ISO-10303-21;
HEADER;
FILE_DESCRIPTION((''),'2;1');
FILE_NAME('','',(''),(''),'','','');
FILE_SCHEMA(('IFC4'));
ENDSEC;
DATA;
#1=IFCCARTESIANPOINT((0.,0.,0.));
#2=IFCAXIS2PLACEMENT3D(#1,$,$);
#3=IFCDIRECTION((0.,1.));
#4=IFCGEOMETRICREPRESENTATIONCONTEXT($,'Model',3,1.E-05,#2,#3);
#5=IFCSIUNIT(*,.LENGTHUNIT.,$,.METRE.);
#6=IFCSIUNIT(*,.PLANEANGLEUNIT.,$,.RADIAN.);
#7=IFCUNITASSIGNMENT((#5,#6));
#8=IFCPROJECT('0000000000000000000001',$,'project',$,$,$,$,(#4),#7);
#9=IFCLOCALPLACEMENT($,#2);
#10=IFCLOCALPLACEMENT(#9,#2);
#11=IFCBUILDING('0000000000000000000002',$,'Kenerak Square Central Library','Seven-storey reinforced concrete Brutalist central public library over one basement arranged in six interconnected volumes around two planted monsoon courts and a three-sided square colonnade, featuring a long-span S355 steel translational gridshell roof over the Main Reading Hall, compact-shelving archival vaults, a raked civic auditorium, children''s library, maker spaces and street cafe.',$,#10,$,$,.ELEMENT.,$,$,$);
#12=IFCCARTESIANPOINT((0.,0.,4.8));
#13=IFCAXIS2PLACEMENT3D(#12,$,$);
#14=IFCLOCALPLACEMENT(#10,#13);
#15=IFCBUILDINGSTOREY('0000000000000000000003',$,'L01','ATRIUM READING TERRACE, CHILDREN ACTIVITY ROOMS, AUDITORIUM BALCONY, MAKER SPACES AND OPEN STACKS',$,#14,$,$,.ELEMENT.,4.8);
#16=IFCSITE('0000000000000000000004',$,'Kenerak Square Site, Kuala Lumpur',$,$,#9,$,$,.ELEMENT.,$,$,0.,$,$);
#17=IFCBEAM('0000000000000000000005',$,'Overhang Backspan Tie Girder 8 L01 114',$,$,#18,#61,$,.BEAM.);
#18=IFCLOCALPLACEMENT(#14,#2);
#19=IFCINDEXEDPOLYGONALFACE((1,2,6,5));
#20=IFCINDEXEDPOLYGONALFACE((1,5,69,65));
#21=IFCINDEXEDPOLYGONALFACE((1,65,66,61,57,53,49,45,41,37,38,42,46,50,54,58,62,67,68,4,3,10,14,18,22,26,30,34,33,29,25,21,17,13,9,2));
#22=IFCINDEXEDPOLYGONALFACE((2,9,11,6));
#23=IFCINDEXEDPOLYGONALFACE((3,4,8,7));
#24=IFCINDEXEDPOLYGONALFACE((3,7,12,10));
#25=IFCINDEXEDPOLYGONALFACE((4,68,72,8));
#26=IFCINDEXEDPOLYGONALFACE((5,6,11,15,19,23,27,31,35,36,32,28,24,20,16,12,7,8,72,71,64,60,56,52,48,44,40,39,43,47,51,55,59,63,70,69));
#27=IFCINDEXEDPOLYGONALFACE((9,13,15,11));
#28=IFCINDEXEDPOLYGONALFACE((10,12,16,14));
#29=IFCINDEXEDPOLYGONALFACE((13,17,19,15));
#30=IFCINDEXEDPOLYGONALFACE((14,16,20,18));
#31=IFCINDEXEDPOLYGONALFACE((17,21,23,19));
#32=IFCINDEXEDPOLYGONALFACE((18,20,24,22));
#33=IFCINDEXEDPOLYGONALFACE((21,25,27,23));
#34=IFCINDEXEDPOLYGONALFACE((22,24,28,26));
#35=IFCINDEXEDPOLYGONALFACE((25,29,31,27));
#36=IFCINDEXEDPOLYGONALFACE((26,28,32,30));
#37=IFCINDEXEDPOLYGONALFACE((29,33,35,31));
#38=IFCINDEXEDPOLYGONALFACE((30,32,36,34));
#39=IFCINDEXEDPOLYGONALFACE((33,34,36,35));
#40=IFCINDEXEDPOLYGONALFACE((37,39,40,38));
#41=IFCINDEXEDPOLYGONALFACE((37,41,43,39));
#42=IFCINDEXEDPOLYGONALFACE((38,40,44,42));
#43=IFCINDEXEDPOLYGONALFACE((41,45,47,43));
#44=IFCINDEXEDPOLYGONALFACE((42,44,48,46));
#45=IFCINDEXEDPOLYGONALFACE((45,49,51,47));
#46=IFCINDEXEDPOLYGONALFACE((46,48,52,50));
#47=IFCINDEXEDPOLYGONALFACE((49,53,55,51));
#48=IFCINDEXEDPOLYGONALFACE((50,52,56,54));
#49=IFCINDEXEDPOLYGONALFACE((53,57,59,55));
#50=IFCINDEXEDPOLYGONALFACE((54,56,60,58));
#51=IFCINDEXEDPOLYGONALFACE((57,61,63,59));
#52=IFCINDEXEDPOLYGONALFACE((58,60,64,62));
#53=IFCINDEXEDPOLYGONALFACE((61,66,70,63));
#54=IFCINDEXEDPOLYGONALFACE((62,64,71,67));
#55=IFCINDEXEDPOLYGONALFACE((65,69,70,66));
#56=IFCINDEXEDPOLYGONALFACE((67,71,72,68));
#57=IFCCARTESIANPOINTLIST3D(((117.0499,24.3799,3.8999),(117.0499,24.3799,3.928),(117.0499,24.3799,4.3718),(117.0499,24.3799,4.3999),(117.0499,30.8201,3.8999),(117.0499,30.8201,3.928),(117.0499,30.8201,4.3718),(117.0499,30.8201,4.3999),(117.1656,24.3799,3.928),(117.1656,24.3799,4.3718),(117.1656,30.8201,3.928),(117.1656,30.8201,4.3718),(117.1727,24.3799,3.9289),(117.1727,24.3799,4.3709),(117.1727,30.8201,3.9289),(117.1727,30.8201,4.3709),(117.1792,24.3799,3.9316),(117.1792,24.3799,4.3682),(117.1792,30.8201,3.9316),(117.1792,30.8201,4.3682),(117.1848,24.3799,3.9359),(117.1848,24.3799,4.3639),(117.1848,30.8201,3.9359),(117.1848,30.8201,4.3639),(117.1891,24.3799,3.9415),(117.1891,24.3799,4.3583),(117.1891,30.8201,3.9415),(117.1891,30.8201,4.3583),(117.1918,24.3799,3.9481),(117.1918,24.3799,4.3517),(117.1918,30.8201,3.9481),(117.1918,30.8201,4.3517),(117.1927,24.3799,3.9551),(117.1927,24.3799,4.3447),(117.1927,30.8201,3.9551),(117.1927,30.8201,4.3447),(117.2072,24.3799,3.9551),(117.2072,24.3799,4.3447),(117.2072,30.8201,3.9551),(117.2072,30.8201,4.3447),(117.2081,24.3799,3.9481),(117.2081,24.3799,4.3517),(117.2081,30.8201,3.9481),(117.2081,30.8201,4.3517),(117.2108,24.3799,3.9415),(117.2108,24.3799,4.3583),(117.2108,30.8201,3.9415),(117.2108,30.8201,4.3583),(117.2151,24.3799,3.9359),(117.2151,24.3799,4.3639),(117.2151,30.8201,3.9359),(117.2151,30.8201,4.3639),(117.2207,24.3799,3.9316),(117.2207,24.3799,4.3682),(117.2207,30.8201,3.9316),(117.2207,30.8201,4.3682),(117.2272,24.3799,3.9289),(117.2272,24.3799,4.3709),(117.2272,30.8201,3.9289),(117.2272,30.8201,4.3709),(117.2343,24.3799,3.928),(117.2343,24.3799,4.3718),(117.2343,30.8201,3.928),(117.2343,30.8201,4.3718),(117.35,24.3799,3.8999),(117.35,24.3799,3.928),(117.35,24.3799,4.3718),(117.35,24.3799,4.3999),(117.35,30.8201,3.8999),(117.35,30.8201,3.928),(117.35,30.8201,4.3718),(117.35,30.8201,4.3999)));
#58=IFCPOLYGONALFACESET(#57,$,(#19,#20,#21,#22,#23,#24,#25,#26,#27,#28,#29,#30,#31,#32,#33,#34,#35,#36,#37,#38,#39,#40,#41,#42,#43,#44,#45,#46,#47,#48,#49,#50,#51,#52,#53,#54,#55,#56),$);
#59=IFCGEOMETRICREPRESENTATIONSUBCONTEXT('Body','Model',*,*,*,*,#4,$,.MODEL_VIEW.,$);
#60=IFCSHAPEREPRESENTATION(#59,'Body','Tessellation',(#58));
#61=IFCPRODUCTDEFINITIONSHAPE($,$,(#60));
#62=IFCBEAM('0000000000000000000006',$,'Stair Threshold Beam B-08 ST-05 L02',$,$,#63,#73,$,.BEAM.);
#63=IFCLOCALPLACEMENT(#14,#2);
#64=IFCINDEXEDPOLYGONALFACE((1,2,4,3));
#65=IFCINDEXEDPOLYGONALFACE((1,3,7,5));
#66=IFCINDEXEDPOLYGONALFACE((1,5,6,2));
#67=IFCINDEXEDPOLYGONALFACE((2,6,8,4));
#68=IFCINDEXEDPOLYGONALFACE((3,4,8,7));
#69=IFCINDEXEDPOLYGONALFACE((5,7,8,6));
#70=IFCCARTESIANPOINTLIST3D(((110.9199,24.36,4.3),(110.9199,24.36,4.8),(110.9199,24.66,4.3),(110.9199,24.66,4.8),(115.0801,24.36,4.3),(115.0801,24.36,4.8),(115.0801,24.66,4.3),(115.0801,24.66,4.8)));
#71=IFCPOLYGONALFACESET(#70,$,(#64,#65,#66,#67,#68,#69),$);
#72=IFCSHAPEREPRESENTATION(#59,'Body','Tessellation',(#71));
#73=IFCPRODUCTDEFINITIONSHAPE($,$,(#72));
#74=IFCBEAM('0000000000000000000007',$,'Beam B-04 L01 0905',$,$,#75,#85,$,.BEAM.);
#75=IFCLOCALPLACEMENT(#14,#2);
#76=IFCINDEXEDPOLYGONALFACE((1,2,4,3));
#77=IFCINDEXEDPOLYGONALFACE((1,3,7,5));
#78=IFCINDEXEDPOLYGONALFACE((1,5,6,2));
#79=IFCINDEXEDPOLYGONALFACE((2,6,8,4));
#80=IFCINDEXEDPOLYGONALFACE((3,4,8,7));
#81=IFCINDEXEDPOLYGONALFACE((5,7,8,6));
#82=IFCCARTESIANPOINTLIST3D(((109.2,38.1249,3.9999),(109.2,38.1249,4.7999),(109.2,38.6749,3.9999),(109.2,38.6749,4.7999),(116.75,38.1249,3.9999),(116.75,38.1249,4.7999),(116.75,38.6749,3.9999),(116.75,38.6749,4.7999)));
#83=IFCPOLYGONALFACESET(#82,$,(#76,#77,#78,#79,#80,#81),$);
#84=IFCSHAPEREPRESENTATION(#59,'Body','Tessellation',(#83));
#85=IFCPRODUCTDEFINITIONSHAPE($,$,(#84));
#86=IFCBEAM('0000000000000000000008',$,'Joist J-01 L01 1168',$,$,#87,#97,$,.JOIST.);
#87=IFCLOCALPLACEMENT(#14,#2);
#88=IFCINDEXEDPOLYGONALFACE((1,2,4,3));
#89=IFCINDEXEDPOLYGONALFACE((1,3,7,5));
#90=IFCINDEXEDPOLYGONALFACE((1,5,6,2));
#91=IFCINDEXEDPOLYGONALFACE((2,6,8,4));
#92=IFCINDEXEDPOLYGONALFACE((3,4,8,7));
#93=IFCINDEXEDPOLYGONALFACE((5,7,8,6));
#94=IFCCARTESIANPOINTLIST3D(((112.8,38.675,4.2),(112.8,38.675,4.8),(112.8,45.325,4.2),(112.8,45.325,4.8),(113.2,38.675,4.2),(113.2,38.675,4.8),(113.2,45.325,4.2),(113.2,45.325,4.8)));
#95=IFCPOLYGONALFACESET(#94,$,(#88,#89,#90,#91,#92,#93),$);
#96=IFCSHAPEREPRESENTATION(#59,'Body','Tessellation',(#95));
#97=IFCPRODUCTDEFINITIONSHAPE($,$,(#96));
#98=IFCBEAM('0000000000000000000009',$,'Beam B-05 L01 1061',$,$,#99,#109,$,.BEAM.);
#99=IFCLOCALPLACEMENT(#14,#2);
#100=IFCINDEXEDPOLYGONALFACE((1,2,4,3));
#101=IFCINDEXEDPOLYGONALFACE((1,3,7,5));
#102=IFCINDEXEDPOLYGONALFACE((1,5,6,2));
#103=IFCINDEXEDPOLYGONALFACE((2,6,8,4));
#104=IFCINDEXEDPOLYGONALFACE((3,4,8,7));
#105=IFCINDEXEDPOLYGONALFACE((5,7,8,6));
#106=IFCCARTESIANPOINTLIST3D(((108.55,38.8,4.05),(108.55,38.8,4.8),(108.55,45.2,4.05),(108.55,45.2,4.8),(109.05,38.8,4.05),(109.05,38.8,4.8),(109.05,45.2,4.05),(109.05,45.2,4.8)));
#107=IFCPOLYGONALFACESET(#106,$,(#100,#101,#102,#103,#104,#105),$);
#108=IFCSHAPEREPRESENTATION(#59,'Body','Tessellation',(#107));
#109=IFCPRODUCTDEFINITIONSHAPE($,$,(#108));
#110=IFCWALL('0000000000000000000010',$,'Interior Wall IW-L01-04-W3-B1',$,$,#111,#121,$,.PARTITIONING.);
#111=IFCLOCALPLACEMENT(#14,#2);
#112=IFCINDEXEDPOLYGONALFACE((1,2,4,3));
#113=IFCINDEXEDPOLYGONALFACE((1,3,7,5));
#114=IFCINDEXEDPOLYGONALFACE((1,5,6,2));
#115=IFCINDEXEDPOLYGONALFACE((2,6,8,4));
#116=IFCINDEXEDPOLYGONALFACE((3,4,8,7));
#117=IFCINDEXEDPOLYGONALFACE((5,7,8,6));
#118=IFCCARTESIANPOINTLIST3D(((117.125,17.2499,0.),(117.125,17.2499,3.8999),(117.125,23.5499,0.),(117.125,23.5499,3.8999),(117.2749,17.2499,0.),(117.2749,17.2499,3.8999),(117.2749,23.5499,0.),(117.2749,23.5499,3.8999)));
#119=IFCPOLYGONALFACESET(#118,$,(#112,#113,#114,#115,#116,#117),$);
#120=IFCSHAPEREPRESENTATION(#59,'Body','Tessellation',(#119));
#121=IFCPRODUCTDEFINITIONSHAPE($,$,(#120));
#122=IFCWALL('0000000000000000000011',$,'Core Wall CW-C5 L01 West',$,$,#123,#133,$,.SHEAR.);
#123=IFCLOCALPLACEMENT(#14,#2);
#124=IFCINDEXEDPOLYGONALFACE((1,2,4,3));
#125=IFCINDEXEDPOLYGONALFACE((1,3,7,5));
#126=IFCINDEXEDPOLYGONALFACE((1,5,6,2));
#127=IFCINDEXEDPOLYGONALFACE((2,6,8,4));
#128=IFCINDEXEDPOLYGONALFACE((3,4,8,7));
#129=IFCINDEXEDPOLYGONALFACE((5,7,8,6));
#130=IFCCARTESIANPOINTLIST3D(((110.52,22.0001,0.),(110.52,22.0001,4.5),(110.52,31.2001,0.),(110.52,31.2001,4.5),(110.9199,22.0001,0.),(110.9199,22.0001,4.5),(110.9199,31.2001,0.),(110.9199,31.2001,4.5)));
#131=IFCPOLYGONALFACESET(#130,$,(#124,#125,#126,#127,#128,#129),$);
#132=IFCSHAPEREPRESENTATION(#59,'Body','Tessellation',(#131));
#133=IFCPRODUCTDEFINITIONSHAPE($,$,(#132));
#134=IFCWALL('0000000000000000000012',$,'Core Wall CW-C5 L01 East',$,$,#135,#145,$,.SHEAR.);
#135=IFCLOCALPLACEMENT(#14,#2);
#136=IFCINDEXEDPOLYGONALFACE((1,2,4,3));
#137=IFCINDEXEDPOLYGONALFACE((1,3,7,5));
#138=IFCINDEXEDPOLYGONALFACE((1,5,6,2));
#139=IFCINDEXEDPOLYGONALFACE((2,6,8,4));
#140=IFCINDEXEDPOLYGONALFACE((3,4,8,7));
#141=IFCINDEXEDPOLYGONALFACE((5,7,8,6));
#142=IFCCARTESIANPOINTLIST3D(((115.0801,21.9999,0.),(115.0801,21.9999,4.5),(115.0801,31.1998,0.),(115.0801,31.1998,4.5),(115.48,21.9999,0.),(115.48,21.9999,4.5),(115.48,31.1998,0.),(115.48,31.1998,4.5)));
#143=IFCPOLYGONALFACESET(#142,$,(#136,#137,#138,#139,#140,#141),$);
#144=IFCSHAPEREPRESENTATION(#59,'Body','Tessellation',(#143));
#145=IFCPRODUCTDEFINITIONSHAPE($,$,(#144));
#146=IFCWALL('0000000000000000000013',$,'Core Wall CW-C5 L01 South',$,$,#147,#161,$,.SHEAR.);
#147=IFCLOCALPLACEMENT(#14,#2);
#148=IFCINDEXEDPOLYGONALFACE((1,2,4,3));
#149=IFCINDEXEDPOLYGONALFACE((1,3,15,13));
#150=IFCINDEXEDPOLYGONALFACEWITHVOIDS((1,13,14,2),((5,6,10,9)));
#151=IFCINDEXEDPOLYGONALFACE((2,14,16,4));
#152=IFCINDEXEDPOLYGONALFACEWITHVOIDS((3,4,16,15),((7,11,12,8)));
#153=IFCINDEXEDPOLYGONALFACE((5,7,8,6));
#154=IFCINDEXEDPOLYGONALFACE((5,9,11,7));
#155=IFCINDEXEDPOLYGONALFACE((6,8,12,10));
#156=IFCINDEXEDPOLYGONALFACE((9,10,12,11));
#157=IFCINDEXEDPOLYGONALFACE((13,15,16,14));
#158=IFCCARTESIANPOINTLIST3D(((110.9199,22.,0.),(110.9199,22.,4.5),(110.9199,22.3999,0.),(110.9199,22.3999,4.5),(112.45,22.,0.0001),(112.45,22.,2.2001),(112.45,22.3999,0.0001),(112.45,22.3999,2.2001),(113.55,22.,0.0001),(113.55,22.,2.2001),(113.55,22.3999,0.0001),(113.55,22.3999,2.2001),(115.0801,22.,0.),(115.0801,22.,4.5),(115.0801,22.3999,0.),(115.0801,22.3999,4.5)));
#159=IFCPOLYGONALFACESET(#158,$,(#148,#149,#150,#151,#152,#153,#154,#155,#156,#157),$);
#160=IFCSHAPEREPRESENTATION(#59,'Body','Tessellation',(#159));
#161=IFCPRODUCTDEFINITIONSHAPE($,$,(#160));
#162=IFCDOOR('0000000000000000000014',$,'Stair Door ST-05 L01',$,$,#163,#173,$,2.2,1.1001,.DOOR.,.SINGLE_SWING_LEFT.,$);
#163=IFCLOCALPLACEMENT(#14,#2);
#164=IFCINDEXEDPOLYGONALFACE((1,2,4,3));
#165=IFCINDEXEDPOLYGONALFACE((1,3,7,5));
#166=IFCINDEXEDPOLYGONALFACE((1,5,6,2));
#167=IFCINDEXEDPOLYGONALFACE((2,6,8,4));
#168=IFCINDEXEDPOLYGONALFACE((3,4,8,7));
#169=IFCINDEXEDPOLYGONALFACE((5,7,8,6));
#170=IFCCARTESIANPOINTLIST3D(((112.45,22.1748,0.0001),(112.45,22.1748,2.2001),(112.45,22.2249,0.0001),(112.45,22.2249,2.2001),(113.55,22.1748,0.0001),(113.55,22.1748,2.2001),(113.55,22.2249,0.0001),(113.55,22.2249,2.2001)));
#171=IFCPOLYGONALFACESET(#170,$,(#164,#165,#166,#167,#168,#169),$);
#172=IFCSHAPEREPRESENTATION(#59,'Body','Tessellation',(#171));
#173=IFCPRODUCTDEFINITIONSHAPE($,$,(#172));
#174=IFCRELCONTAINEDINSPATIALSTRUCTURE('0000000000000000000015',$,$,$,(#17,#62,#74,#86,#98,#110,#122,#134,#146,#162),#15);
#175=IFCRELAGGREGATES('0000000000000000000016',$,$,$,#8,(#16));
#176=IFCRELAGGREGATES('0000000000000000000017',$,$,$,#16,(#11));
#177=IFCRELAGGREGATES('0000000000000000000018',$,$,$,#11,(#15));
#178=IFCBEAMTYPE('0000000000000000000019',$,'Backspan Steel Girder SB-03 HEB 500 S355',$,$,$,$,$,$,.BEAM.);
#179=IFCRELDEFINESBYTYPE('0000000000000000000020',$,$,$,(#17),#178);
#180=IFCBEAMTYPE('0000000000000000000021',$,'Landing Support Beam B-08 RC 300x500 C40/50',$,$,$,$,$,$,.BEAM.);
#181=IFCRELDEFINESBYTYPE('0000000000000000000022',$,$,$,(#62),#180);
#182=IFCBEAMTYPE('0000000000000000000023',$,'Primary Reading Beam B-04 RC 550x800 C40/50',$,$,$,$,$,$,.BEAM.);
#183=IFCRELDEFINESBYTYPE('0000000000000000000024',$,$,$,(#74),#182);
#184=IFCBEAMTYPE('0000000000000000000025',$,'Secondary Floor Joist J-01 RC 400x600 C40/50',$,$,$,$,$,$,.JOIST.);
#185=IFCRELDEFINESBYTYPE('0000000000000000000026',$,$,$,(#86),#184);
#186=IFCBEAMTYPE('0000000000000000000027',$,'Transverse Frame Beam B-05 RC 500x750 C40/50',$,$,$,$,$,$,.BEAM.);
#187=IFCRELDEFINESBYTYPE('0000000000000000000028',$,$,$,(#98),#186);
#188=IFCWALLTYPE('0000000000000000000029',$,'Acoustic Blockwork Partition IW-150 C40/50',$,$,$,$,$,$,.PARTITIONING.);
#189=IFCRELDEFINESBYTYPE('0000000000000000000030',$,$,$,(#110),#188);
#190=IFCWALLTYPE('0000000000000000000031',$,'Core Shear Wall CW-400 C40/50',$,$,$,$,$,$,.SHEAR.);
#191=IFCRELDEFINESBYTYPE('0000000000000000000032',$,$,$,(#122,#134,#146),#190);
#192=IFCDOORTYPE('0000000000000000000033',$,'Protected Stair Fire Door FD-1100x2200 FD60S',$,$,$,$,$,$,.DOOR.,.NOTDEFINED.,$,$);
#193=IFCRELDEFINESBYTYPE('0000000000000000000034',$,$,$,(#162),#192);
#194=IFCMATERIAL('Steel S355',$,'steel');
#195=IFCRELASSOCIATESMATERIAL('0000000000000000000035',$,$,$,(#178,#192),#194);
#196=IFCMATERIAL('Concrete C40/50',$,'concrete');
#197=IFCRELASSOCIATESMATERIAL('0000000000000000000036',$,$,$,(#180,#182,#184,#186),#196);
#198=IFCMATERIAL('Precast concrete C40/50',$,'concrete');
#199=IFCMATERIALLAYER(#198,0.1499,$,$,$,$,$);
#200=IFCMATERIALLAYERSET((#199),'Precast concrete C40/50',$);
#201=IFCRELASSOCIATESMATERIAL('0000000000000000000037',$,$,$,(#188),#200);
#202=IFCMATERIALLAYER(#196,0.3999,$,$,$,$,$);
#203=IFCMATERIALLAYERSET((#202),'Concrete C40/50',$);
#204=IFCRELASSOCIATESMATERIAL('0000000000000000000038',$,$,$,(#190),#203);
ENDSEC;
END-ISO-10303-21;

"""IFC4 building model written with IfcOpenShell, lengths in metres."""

from ifc_helpers import new_model, si_unit, direction, frame, frame_2d, origin, origin_2d, place, context, subcontext, project, spatial, rectangle, i_section, extrude, material, layer, layer_set, material_profile, profile_set, type_object, element, fill, save


model = new_model("IFC4")

# Units and contexts
model_context = context("Model", 3, precision=1e-05, world=origin(), true_north=direction((0.0, 1.0)))
body_context = subcontext(model_context, "Body", "Model", "MODEL_VIEW")
ifc_project = project(units=[si_unit("LENGTHUNIT", "METRE"), si_unit("PLANEANGLEUNIT", "RADIAN")], contexts=[model_context])

# Site, building, storey
site_placement = place(None, origin())
site = spatial("IfcSite", under=ifc_project, at=site_placement, Name="Kenerak Square Site, Kuala Lumpur", CompositionType="ELEMENT", RefElevation=0.0)
building_placement = place(site_placement, origin())
building = spatial("IfcBuilding", under=site, at=building_placement, Name="Kenerak Square Central Library", Description="Seven-storey reinforced concrete Brutalist central public library over one basement arranged in six interconnected volumes around two planted monsoon courts and a three-sided square colonnade, featuring a long-span S355 steel translational gridshell roof over the Main Reading Hall, compact-shelving archival vaults, a raked civic auditorium, children's library, maker spaces and street cafe.", CompositionType="ELEMENT")
storey_placement = place(building_placement, frame((0.0, 0.0, 4.8)))
storey = spatial("IfcBuildingStorey", under=building, at=storey_placement, Name="L01", Description="ATRIUM READING TERRACE, CHILDREN ACTIVITY ROOMS, AUDITORIUM BALCONY, MAKER SPACES AND OPEN STACKS", CompositionType="ELEMENT", Elevation=4.8)

# Beams
ifc_material_1 = material(Name="Steel S355", Category="steel")
ifc_material_profile_1 = material_profile(ifc_material_1, i_section(OverallWidth=0.3, OverallDepth=0.5, WebThickness=0.0144, FlangeThickness=0.0281, FilletRadius=0.0271, at=origin_2d()), Name="HEB 500")
ifc_profile_set_1 = profile_set([ifc_material_profile_1], Name="Steel S355")
beam_type_1 = type_object("IfcBeamType", Name="Backspan Steel Girder SB-03 HEB 500 S355", PredefinedType="BEAM", material=ifc_profile_set_1)
for number, where, z_axis, x_axis, name in (
    (1, (117.2, 24.3799, 4.1499), (0.0, 1.0, 0.0), (-1.0, 0.0, 0.0), "Overhang Backspan Tie Girder 8 L01 114"),
):
    element("IfcBeam", number, at=place(storey_placement, frame(where, z_axis=z_axis, x_axis=x_axis)), inside=storey, type_object=beam_type_1, Name=name, PredefinedType="BEAM", context=body_context, shape_type="SweptSolid", body=[
        extrude(i_section(OverallWidth=0.3, OverallDepth=0.5, WebThickness=0.0144, FlangeThickness=0.0281, FilletRadius=0.0271, at=origin_2d()), origin(), (0.0, 0.0, 1.0), 6.4402),
    ])
ifc_material_2 = material(Name="Concrete C40/50", Category="concrete")
ifc_material_profile_2 = material_profile(ifc_material_2, rectangle(XDim=0.3, YDim=0.5, at=origin_2d()), Name="RC 300x500")
ifc_profile_set_2 = profile_set([ifc_material_profile_2], Name="Concrete C40/50")
beam_type_2 = type_object("IfcBeamType", Name="Landing Support Beam B-08 RC 300x500 C40/50", PredefinedType="BEAM", material=ifc_profile_set_2)
beam_1_placement = place(storey_placement, frame((110.9199, 24.51, 4.55), z_axis=(1.0, 0.0, 0.0), x_axis=(0.0, 1.0, 0.0)))
element("IfcBeam", 2, at=beam_1_placement, inside=storey, type_object=beam_type_2, Name="Stair Threshold Beam B-08 ST-05 L02", PredefinedType="BEAM", context=body_context, shape_type="SweptSolid", body=[
    extrude(rectangle(XDim=0.3, YDim=0.5, at=origin_2d()), origin(), (0.0, 0.0, 1.0), 4.1602),
])
ifc_material_profile_3 = material_profile(ifc_material_2, rectangle(XDim=0.55, YDim=0.8, at=origin_2d()), Name="RC 550x800")
ifc_profile_set_3 = profile_set([ifc_material_profile_3], Name="Concrete C40/50")
beam_type_3 = type_object("IfcBeamType", Name="Primary Reading Beam B-04 RC 550x800 C40/50", PredefinedType="BEAM", material=ifc_profile_set_3)
beam_2_placement = place(storey_placement, frame((109.2, 38.3999, 4.3999), z_axis=(1.0, 0.0, 0.0), x_axis=(0.0, 1.0, 0.0)))
element("IfcBeam", 3, at=beam_2_placement, inside=storey, type_object=beam_type_3, Name="Beam B-04 L01 0905", PredefinedType="BEAM", context=body_context, shape_type="SweptSolid", body=[
    extrude(rectangle(XDim=0.55, YDim=0.8, at=origin_2d()), origin(), (0.0, 0.0, 1.0), 7.55),
])
ifc_material_profile_4 = material_profile(ifc_material_2, rectangle(XDim=0.3999, YDim=0.6001, at=origin_2d()), Name="RC 400x600")
ifc_profile_set_4 = profile_set([ifc_material_profile_4], Name="Concrete C40/50")
beam_type_4 = type_object("IfcBeamType", Name="Secondary Floor Joist J-01 RC 400x600 C40/50", PredefinedType="JOIST", material=ifc_profile_set_4)
beam_3_placement = place(storey_placement, frame((113.0, 38.675, 4.5), z_axis=(0.0, 1.0, 0.0), x_axis=(-1.0, 0.0, 0.0)))
element("IfcBeam", 4, at=beam_3_placement, inside=storey, type_object=beam_type_4, Name="Joist J-01 L01 1168", PredefinedType="JOIST", context=body_context, shape_type="SweptSolid", body=[
    extrude(rectangle(XDim=0.3999, YDim=0.6001, at=origin_2d()), origin(), (0.0, 0.0, 1.0), 6.6499),
])
ifc_material_profile_5 = material_profile(ifc_material_2, rectangle(XDim=0.5, YDim=0.75, at=origin_2d()), Name="RC 500x750")
ifc_profile_set_5 = profile_set([ifc_material_profile_5], Name="Concrete C40/50")
beam_type_5 = type_object("IfcBeamType", Name="Transverse Frame Beam B-05 RC 500x750 C40/50", PredefinedType="BEAM", material=ifc_profile_set_5)
beam_4_placement = place(storey_placement, frame((108.8, 38.8, 4.425), z_axis=(0.0, 1.0, 0.0), x_axis=(-1.0, 0.0, 0.0)))
element("IfcBeam", 5, at=beam_4_placement, inside=storey, type_object=beam_type_5, Name="Beam B-05 L01 1061", PredefinedType="BEAM", context=body_context, shape_type="SweptSolid", body=[
    extrude(rectangle(XDim=0.5, YDim=0.75, at=origin_2d()), origin(), (0.0, 0.0, 1.0), 6.3999),
])

# Walls
ifc_material_3 = material(Name="Precast concrete C40/50", Category="concrete")
ifc_layer_1 = layer(ifc_material_3, 0.1499)
ifc_layer_set_1 = layer_set([ifc_layer_1], Name="Precast concrete C40/50")
wall_type_1 = type_object("IfcWallType", Name="Acoustic Blockwork Partition IW-150 C40/50", PredefinedType="PARTITIONING", material=ifc_layer_set_1)
wall_1_placement = place(storey_placement, frame((117.2, 17.25, 0.0), z_axis=(0.0, 0.0, 1.0), x_axis=(0.0, 1.0, 0.0)))
element("IfcWall", 6, at=wall_1_placement, inside=storey, type_object=wall_type_1, Name="Interior Wall IW-L01-04-W3-B1", PredefinedType="PARTITIONING", context=body_context, shape_type="SweptSolid", body=[
    extrude(rectangle(XDim=6.3, YDim=0.1499, at=frame_2d((3.1499, 0.0))), origin(), (0.0, 0.0, 1.0), 3.8999),
])
ifc_layer_2 = layer(ifc_material_2, 0.3999)
ifc_layer_set_2 = layer_set([ifc_layer_2], Name="Concrete C40/50")
wall_type_2 = type_object("IfcWallType", Name="Core Shear Wall CW-400 C40/50", PredefinedType="SHEAR", material=ifc_layer_set_2)
for number, where, z_axis, x_axis, name in (
    (7, (110.72, 22.0, 0.0), (0.0, 0.0, 1.0), (0.0, 1.0, 0.0), "Core Wall CW-C5 L01 West"),
    (8, (115.28, 31.2, 0.0), (0.0, 0.0, 1.0), (0.0, -1.0, 0.0), "Core Wall CW-C5 L01 East"),
):
    element("IfcWall", number, at=place(storey_placement, frame(where, z_axis=z_axis, x_axis=x_axis)), inside=storey, type_object=wall_type_2, Name=name, PredefinedType="SHEAR", context=body_context, shape_type="SweptSolid", body=[
        extrude(rectangle(XDim=9.2, YDim=0.3999, at=frame_2d((4.6001, 0.0))), origin(), (0.0, 0.0, 1.0), 4.5),
    ])

# Wall, opening, door
wall_2_placement = place(storey_placement, frame((115.0801, 22.2, 0.0), z_axis=(0.0, 0.0, 1.0), x_axis=(-1.0, 0.0, 0.0)))
wall_2 = element("IfcWall", 9, at=wall_2_placement, inside=storey, type_object=wall_type_2, Name="Core Wall CW-C5 L01 South", PredefinedType="SHEAR", context=body_context, shape_type="SweptSolid", body=[
    extrude(rectangle(XDim=4.1602, YDim=0.3999, at=frame_2d((2.0801, 0.0))), origin(), (0.0, 0.0, 1.0), 4.5),
])
opening_placement = place(wall_2_placement, frame((1.53, 0.0, 0.0)))
opening = element("IfcOpeningElement", 10, at=opening_placement, cuts=wall_2, PredefinedType="OPENING", context=body_context, shape_type="SweptSolid", body=[
    extrude(rectangle(XDim=1.1001, YDim=2.2, at=frame_2d((0.55, 1.1001))), frame((0.0, 0.21, 0.0), z_axis=(0.0, -1.0, 0.0), x_axis=(1.0, 0.0, 0.0)), (0.0, 0.0, 1.0), 0.4199),
])
door_type = type_object("IfcDoorType", Name="Protected Stair Fire Door FD-1100x2200 FD60S", OperationType="NOTDEFINED", PredefinedType="DOOR", material=ifc_material_1)
door_placement = place(opening_placement, frame((1.1001, 0.0, 0.0), z_axis=(0.0, 0.0, 1.0), x_axis=(-1.0, 0.0, 0.0)))
door = element("IfcDoor", 11, at=door_placement, inside=storey, type_object=door_type, Name="Stair Door ST-05 L01", OperationType="SINGLE_SWING_LEFT", OverallHeight=2.2, OverallWidth=1.1001, PredefinedType="DOOR", context=body_context, shape_type="SweptSolid", body=[
    extrude(rectangle(XDim=1.1001, YDim=2.2, at=frame_2d((0.55, 1.1001))), frame((0.0, 0.0249, 0.0), z_axis=(0.0, -1.0, 0.0), x_axis=(1.0, 0.0, 0.0)), (0.0, 0.0, 1.0), 0.05),
])
fill(opening, door)

save(model, "model.ifc")
